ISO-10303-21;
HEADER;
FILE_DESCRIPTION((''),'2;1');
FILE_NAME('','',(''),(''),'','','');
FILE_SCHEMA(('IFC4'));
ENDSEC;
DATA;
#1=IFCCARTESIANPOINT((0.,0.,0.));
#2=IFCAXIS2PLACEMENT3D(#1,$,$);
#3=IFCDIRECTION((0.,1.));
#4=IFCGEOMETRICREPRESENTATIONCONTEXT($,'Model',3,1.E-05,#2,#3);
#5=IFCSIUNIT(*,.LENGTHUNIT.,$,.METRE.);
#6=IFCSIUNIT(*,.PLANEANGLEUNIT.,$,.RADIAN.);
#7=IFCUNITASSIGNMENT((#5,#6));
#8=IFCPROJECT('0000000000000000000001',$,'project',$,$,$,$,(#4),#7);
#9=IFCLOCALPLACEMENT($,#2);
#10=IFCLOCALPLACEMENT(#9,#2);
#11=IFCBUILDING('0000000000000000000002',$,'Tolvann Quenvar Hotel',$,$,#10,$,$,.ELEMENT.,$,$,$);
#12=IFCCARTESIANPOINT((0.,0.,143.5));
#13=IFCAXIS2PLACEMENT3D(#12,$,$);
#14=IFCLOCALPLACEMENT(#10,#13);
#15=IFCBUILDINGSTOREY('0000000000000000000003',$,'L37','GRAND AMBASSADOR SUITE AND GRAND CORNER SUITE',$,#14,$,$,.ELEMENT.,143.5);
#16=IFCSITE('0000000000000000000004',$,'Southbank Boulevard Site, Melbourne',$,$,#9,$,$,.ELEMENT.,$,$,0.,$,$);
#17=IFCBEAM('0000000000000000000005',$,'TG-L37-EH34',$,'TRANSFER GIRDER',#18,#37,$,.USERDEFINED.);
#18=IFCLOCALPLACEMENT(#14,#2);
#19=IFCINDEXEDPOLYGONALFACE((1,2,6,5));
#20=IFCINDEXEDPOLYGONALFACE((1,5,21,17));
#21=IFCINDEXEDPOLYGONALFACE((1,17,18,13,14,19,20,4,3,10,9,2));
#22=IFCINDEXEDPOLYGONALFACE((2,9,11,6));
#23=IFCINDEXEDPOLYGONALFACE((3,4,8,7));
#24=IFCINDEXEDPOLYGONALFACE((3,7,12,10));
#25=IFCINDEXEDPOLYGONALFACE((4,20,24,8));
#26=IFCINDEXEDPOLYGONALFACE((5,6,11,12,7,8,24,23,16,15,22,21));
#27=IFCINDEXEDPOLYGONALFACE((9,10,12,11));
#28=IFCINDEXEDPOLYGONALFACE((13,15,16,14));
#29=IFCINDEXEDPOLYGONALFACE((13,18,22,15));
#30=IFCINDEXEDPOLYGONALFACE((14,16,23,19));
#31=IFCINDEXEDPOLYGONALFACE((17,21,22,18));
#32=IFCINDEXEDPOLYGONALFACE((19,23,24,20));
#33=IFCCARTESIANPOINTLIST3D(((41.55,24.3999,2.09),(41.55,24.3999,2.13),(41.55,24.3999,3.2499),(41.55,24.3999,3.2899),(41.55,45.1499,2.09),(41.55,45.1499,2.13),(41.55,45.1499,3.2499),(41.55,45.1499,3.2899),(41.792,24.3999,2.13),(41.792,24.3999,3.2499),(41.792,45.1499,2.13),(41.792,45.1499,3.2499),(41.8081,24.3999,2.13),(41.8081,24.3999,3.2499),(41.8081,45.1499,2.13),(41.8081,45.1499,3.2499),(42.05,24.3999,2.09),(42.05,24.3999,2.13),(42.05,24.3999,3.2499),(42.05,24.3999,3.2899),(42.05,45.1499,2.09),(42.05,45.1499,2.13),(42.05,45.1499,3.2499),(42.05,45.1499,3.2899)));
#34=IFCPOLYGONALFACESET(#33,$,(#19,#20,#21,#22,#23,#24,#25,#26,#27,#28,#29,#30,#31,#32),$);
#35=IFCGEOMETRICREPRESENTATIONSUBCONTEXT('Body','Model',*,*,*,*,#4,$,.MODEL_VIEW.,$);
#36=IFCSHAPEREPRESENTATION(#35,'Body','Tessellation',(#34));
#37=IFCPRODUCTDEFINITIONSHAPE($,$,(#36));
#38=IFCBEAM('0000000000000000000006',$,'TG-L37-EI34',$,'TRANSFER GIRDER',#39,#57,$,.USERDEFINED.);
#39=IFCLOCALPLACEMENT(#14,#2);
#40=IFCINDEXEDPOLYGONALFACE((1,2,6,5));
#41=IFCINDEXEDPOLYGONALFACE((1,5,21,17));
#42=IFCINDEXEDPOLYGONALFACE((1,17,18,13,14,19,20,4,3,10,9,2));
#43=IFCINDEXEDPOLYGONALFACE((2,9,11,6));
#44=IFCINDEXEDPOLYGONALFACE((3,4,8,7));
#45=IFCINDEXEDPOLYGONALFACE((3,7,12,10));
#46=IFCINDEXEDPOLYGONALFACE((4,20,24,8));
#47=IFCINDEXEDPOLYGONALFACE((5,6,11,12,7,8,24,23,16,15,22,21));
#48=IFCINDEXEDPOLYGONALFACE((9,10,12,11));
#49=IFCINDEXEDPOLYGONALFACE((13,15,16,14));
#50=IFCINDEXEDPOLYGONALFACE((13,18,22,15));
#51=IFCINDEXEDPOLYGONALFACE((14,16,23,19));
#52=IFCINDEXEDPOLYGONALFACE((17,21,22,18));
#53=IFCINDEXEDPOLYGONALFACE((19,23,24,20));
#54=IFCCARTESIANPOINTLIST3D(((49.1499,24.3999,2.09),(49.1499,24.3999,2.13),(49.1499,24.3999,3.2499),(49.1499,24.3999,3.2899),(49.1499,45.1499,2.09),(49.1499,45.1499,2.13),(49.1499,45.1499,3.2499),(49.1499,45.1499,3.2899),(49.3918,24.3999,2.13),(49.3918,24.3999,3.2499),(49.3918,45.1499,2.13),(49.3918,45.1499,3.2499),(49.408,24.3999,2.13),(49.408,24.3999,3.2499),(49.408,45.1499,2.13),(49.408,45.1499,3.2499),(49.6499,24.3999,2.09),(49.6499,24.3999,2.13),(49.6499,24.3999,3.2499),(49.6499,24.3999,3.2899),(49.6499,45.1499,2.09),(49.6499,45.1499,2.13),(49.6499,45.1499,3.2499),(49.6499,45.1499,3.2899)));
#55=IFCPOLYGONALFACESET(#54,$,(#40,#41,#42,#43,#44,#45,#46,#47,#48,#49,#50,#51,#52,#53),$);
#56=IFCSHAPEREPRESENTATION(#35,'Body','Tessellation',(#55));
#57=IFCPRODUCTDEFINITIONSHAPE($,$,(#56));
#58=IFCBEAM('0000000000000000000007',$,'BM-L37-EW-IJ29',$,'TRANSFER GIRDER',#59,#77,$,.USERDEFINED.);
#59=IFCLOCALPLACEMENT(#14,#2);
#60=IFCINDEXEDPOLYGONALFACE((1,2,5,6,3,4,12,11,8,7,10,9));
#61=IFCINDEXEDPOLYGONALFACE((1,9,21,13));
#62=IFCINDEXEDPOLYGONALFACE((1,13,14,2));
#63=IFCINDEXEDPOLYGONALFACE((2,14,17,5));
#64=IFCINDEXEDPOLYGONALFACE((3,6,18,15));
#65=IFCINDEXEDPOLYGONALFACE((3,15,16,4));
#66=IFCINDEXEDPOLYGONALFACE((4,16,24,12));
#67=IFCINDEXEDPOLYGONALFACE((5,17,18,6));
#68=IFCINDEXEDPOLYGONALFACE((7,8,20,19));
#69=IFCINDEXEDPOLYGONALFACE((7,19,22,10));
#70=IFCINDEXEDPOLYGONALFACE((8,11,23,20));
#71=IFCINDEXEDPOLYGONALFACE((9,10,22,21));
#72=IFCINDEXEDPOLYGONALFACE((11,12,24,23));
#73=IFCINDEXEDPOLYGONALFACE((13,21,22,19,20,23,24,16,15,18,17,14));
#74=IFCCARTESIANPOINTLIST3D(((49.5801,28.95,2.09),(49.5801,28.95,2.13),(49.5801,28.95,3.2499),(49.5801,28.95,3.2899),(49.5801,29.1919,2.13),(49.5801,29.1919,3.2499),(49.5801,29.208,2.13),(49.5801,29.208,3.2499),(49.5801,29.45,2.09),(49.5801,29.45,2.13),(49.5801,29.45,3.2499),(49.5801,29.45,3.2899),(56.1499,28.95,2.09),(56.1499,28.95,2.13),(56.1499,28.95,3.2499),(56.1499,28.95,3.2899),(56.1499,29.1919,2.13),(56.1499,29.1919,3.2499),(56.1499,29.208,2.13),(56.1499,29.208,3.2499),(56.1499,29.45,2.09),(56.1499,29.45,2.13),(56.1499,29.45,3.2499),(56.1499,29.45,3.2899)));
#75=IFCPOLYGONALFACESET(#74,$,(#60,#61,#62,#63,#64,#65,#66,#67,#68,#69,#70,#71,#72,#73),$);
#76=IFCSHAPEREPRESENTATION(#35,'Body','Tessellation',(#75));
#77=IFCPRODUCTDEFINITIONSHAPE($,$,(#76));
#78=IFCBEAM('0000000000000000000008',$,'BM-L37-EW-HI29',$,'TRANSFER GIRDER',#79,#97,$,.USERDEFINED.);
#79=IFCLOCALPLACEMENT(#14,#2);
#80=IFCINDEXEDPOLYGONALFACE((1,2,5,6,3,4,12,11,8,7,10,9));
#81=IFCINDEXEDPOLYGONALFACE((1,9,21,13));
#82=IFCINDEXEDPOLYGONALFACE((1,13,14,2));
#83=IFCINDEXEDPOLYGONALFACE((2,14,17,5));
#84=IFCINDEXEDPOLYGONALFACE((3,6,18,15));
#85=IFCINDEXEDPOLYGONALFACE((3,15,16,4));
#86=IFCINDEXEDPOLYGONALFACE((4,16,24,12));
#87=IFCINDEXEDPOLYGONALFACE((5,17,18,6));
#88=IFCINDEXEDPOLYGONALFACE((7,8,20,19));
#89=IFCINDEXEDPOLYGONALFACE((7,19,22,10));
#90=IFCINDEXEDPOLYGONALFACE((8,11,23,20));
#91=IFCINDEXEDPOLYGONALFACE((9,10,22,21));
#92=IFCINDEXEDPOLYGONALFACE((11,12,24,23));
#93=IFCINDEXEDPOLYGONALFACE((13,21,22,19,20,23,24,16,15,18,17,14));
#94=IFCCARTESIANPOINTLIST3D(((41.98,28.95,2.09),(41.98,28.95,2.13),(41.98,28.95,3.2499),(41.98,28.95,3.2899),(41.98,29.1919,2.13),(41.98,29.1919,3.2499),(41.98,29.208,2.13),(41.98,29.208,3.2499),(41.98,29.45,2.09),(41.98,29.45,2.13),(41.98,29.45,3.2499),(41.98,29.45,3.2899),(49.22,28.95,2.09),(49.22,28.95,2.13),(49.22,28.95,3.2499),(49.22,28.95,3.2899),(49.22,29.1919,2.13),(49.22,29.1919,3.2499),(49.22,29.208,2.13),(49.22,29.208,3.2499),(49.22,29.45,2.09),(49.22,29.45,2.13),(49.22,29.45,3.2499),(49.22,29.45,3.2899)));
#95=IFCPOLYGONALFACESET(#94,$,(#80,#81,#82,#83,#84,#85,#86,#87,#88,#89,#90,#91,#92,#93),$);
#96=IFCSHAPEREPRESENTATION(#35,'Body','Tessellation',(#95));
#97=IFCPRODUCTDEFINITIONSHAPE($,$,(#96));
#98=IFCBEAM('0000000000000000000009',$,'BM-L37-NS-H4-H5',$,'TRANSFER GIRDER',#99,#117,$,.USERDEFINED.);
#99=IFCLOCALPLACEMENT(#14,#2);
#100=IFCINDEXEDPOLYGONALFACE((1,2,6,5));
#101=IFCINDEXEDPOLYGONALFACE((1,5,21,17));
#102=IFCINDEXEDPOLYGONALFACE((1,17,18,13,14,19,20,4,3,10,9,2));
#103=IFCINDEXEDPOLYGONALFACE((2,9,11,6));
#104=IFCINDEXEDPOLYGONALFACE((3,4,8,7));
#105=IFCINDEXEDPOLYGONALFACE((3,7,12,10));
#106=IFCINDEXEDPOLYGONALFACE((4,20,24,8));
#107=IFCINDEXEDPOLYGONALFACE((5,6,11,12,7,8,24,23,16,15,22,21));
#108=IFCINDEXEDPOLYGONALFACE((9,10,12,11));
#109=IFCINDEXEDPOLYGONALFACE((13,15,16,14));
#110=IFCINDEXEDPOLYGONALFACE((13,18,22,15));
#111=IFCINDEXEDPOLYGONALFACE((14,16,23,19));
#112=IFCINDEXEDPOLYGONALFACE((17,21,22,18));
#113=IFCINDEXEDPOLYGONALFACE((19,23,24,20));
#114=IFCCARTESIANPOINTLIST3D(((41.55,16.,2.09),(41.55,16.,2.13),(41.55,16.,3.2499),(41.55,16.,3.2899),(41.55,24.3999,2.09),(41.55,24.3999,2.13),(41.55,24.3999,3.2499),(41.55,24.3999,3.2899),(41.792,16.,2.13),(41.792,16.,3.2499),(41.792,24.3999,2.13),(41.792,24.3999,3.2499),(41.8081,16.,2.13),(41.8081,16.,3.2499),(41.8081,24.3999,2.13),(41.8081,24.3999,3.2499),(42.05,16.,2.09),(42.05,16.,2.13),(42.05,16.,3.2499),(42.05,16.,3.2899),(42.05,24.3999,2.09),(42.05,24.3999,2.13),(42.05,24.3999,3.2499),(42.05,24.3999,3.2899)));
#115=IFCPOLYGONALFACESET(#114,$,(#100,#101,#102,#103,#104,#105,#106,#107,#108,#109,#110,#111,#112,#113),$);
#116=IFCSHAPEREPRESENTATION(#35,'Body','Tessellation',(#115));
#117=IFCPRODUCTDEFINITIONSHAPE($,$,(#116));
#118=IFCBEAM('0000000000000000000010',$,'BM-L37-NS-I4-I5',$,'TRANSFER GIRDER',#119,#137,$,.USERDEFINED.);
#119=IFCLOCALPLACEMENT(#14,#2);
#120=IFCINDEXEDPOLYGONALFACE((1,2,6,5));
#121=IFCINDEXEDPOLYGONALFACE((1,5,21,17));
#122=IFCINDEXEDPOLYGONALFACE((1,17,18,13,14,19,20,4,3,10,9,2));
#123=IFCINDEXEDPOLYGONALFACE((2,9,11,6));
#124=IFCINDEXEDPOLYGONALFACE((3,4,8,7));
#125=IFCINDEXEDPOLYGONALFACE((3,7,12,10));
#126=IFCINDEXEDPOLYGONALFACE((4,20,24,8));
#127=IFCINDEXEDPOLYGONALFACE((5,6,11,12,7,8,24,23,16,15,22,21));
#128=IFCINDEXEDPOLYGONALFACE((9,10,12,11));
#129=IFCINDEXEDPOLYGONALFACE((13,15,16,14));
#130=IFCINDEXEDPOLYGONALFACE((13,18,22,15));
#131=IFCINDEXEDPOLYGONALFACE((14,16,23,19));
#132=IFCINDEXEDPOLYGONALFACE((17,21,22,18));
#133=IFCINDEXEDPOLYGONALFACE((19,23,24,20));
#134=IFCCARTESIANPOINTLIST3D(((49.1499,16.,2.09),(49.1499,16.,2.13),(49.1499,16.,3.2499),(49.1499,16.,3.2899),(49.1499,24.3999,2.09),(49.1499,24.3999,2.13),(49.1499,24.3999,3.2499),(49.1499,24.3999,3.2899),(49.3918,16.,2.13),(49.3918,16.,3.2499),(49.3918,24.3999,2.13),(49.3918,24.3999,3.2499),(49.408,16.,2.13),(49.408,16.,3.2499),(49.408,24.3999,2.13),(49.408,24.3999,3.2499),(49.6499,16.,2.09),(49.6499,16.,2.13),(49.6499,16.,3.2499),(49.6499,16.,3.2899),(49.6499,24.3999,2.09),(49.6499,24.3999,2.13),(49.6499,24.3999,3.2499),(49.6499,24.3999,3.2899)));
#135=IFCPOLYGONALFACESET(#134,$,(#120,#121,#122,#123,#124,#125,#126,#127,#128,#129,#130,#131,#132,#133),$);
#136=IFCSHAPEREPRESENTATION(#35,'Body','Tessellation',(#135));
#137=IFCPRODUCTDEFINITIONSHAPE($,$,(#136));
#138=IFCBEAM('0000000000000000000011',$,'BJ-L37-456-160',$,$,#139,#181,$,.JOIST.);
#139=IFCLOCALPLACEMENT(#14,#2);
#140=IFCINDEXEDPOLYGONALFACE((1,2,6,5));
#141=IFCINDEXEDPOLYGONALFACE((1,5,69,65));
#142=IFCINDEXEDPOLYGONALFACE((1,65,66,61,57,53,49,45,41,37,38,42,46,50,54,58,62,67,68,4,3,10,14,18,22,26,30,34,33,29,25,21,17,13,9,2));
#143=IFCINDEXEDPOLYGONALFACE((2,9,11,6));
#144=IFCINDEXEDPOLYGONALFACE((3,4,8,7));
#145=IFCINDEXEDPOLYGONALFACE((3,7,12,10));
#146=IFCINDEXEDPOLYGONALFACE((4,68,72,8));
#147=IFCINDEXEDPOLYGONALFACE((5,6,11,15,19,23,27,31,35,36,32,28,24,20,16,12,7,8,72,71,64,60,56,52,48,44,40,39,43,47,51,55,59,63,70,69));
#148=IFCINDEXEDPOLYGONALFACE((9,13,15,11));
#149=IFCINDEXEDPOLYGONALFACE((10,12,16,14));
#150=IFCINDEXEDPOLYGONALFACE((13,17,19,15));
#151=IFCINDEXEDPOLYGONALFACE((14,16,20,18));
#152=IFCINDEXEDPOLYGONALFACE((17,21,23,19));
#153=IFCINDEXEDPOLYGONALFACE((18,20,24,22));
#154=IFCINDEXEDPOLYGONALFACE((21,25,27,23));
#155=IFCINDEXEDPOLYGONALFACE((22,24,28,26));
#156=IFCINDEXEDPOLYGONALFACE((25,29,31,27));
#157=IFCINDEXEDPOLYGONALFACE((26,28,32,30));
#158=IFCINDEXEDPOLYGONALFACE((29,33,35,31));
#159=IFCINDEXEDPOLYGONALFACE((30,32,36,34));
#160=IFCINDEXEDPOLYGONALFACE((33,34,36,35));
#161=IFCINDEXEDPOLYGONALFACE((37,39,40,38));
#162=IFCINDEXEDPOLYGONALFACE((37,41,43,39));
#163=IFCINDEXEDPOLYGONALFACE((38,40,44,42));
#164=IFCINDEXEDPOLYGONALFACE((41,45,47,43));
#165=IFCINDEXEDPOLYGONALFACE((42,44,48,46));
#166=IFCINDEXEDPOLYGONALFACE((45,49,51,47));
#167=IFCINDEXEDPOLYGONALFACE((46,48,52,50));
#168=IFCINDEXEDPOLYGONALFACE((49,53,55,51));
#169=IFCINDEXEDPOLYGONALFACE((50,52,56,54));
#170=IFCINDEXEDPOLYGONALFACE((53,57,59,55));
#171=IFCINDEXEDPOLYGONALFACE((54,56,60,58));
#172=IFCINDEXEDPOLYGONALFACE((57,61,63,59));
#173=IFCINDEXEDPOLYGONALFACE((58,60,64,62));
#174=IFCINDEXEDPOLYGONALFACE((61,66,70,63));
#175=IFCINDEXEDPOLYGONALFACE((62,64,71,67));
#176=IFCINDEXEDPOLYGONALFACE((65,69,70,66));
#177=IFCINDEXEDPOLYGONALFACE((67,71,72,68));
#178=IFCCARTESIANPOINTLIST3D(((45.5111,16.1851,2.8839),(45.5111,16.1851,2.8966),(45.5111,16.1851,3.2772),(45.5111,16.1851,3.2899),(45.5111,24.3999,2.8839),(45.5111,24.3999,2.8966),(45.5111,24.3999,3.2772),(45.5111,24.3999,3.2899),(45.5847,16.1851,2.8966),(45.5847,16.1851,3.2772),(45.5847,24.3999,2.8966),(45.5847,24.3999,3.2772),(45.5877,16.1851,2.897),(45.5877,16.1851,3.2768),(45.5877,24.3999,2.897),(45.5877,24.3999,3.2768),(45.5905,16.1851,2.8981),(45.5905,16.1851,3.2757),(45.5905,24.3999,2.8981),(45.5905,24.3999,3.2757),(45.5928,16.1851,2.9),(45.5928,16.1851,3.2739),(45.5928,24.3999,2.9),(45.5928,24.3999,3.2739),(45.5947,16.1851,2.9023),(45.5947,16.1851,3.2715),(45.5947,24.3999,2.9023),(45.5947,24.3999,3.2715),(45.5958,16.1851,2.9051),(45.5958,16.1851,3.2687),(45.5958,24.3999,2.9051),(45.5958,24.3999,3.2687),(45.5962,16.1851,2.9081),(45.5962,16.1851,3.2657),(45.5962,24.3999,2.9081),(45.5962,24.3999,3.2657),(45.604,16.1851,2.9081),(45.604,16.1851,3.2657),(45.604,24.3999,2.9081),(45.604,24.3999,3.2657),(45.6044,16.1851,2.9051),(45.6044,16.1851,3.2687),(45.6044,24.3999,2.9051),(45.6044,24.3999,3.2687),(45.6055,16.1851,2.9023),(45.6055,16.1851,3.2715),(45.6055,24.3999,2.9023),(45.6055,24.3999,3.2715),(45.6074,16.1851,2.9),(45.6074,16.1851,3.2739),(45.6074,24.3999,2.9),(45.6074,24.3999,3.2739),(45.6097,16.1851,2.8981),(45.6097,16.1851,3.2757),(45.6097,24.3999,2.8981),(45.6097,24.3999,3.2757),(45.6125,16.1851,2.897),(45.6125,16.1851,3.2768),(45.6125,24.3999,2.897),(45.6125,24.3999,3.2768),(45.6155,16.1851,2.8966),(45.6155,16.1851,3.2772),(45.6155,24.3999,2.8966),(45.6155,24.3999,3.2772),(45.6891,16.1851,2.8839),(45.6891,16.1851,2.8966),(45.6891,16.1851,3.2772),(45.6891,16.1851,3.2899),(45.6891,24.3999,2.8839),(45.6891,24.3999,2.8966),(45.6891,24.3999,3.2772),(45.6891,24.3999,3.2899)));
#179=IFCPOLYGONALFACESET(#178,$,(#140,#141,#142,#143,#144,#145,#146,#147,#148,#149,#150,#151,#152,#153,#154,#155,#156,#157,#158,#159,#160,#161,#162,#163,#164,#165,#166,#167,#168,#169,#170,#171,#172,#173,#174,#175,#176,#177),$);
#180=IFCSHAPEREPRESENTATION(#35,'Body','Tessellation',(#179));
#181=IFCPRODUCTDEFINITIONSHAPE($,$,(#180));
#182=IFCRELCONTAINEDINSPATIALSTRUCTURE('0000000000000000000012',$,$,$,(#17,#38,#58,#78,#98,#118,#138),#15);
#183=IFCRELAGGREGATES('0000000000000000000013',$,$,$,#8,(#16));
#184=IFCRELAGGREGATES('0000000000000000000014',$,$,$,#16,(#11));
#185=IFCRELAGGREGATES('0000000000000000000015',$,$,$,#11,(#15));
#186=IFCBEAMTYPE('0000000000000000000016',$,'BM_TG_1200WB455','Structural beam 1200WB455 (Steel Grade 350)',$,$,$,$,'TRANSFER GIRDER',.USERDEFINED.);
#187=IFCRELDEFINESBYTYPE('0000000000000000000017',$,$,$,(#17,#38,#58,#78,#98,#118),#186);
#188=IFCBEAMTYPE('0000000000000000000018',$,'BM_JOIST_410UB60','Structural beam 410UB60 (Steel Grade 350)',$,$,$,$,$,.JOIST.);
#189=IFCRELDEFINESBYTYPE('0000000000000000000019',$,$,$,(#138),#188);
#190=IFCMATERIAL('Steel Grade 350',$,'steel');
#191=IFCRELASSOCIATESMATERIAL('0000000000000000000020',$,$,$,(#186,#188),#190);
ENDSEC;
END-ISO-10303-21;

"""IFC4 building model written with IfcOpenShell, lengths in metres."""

from ifc_helpers import new_model, si_unit, direction, frame, origin, origin_2d, place, context, subcontext, project, spatial, i_section, extrude, source, transform, mapped, material, material_profile, profile_set, type_object, type_shapes, element, save


model = new_model("IFC4")

# Units and contexts
model_context = context("Model", 3, precision=1e-05, world=origin(), true_north=direction((0.0, 1.0)))
body_context = subcontext(model_context, "Body", "Model", "MODEL_VIEW")
ifc_project = project(units=[si_unit("LENGTHUNIT", "METRE"), si_unit("PLANEANGLEUNIT", "RADIAN")], contexts=[model_context])

# Site, building, storey
site_placement = place(None, origin())
site = spatial("IfcSite", under=ifc_project, at=site_placement, Name="Southbank Boulevard Site, Melbourne", CompositionType="ELEMENT", RefElevation=0.0)
building_placement = place(site_placement, origin())
building = spatial("IfcBuilding", under=site, at=building_placement, Name="Tolvann Quenvar Hotel", CompositionType="ELEMENT")
storey_placement = place(building_placement, frame((0.0, 0.0, 143.5)))
storey = spatial("IfcBuildingStorey", under=building, at=storey_placement, Name="L37", Description="GRAND AMBASSADOR SUITE AND GRAND CORNER SUITE", CompositionType="ELEMENT", Elevation=143.5)

# Shared definitions
ifc_material_1 = material(Name="Steel Grade 350", Category="steel")

# Beams
ifc_material_profile_1 = material_profile(ifc_material_1, i_section(OverallWidth=0.5, OverallDepth=1.2, WebThickness=0.0161, FlangeThickness=0.04, at=origin_2d()), Name="1200WB455")
ifc_profile_set_1 = profile_set([ifc_material_profile_1], Name="Steel Grade 350")
beam_type_1 = type_object("IfcBeamType", Name="BM_TG_1200WB455", Description="Structural beam 1200WB455 (Steel Grade 350)", ElementType="TRANSFER GIRDER", PredefinedType="USERDEFINED", material=ifc_profile_set_1)
shared_shape_1 = source(origin(), body_context, "Body", "SweptSolid", [
    extrude(i_section(OverallWidth=0.5, OverallDepth=1.2, WebThickness=0.0161, FlangeThickness=0.04, at=origin_2d()), origin(), (0.0, 0.0, 1.0), 20.75),
])
for number, where, z_axis, x_axis, name in (
    (1, (41.8, 24.3999, 2.6899), (0.0, 1.0, 0.0), (-1.0, 0.0, 0.0), "TG-L37-EH34"),
    (2, (49.3999, 24.3999, 2.6899), (0.0, 1.0, 0.0), (-1.0, 0.0, 0.0), "TG-L37-EI34"),
):
    element("IfcBeam", number, at=place(storey_placement, frame(where, z_axis=z_axis, x_axis=x_axis)), inside=storey, type_object=beam_type_1, Name=name, ObjectType="TRANSFER GIRDER", PredefinedType="USERDEFINED", context=body_context, shape_type="MappedRepresentation", body=[
        mapped(shared_shape_1, transform((0.0, 0.0, 0.0), x_axis=(1.0, 0.0, 0.0), y_axis=(0.0, 1.0, 0.0), z_axis=(0.0, 0.0, 1.0), scale=1.0)),
    ])
shared_shape_2 = source(origin(), body_context, "Body", "SweptSolid", [
    extrude(i_section(OverallWidth=0.5, OverallDepth=1.2, WebThickness=0.0161, FlangeThickness=0.04, at=origin_2d()), origin(), (0.0, 0.0, 1.0), 6.5698),
])
beam_1_placement = place(storey_placement, frame((49.5801, 29.2, 2.6899), z_axis=(1.0, 0.0, 0.0), x_axis=(0.0, 1.0, 0.0)))
element("IfcBeam", 3, at=beam_1_placement, inside=storey, type_object=beam_type_1, Name="BM-L37-EW-IJ29", ObjectType="TRANSFER GIRDER", PredefinedType="USERDEFINED", context=body_context, shape_type="MappedRepresentation", body=[
    mapped(shared_shape_2, transform((0.0, 0.0, 0.0), x_axis=(1.0, 0.0, 0.0), y_axis=(0.0, 1.0, 0.0), z_axis=(0.0, 0.0, 1.0), scale=1.0)),
])
shared_shape_3 = source(origin(), body_context, "Body", "SweptSolid", [
    extrude(i_section(OverallWidth=0.5, OverallDepth=1.2, WebThickness=0.0161, FlangeThickness=0.04, at=origin_2d()), origin(), (0.0, 0.0, 1.0), 7.24),
])
beam_2_placement = place(storey_placement, frame((41.98, 29.2, 2.6899), z_axis=(1.0, 0.0, 0.0), x_axis=(0.0, 1.0, 0.0)))
element("IfcBeam", 4, at=beam_2_placement, inside=storey, type_object=beam_type_1, Name="BM-L37-EW-HI29", ObjectType="TRANSFER GIRDER", PredefinedType="USERDEFINED", context=body_context, shape_type="MappedRepresentation", body=[
    mapped(shared_shape_3, transform((0.0, 0.0, 0.0), x_axis=(1.0, 0.0, 0.0), y_axis=(0.0, 1.0, 0.0), z_axis=(0.0, 0.0, 1.0), scale=1.0)),
])
shared_shape_4 = source(origin(), body_context, "Body", "SweptSolid", [
    extrude(i_section(OverallWidth=0.5, OverallDepth=1.2, WebThickness=0.0161, FlangeThickness=0.04, at=origin_2d()), origin(), (0.0, 0.0, 1.0), 8.3999),
])
for number, where, z_axis, x_axis, name in (
    (5, (41.8, 16.0, 2.6899), (0.0, 1.0, 0.0), (-1.0, 0.0, 0.0), "BM-L37-NS-H4-H5"),
    (6, (49.3999, 16.0, 2.6899), (0.0, 1.0, 0.0), (-1.0, 0.0, 0.0), "BM-L37-NS-I4-I5"),
):
    element("IfcBeam", number, at=place(storey_placement, frame(where, z_axis=z_axis, x_axis=x_axis)), inside=storey, type_object=beam_type_1, Name=name, ObjectType="TRANSFER GIRDER", PredefinedType="USERDEFINED", context=body_context, shape_type="MappedRepresentation", body=[
        mapped(shared_shape_4, transform((0.0, 0.0, 0.0), x_axis=(1.0, 0.0, 0.0), y_axis=(0.0, 1.0, 0.0), z_axis=(0.0, 0.0, 1.0), scale=1.0)),
    ])
ifc_material_profile_2 = material_profile(ifc_material_1, i_section(OverallWidth=0.178, OverallDepth=0.406, WebThickness=0.0078, FlangeThickness=0.0127, FilletRadius=0.0115, at=origin_2d()), Name="410UB60")
ifc_profile_set_2 = profile_set([ifc_material_profile_2], Name="Steel Grade 350")
beam_type_2 = type_object("IfcBeamType", Name="BM_JOIST_410UB60", Description="Structural beam 410UB60 (Steel Grade 350)", PredefinedType="JOIST", material=ifc_profile_set_2)
shared_shape_5 = source(origin(), body_context, "Body", "SweptSolid", [
    extrude(i_section(OverallWidth=0.178, OverallDepth=0.406, WebThickness=0.0078, FlangeThickness=0.0127, FilletRadius=0.0115, at=origin_2d()), origin(), (0.0, 0.0, 1.0), 8.2148),
])
type_shapes(beam_type_2, [shared_shape_5])
beam_3_placement = place(storey_placement, frame((45.6001, 16.1851, 3.0869), z_axis=(0.0, 1.0, 0.0), x_axis=(-1.0, 0.0, 0.0)))
element("IfcBeam", 7, at=beam_3_placement, inside=storey, type_object=beam_type_2, Name="BJ-L37-456-160", PredefinedType="JOIST", context=body_context, shape_type="MappedRepresentation", body=[
    mapped(shared_shape_5, transform((0.0, 0.0, 0.0), x_axis=(1.0, 0.0, 0.0), y_axis=(0.0, 1.0, 0.0), z_axis=(0.0, 0.0, 1.0), scale=1.0)),
])

save(model, "model.ifc")
